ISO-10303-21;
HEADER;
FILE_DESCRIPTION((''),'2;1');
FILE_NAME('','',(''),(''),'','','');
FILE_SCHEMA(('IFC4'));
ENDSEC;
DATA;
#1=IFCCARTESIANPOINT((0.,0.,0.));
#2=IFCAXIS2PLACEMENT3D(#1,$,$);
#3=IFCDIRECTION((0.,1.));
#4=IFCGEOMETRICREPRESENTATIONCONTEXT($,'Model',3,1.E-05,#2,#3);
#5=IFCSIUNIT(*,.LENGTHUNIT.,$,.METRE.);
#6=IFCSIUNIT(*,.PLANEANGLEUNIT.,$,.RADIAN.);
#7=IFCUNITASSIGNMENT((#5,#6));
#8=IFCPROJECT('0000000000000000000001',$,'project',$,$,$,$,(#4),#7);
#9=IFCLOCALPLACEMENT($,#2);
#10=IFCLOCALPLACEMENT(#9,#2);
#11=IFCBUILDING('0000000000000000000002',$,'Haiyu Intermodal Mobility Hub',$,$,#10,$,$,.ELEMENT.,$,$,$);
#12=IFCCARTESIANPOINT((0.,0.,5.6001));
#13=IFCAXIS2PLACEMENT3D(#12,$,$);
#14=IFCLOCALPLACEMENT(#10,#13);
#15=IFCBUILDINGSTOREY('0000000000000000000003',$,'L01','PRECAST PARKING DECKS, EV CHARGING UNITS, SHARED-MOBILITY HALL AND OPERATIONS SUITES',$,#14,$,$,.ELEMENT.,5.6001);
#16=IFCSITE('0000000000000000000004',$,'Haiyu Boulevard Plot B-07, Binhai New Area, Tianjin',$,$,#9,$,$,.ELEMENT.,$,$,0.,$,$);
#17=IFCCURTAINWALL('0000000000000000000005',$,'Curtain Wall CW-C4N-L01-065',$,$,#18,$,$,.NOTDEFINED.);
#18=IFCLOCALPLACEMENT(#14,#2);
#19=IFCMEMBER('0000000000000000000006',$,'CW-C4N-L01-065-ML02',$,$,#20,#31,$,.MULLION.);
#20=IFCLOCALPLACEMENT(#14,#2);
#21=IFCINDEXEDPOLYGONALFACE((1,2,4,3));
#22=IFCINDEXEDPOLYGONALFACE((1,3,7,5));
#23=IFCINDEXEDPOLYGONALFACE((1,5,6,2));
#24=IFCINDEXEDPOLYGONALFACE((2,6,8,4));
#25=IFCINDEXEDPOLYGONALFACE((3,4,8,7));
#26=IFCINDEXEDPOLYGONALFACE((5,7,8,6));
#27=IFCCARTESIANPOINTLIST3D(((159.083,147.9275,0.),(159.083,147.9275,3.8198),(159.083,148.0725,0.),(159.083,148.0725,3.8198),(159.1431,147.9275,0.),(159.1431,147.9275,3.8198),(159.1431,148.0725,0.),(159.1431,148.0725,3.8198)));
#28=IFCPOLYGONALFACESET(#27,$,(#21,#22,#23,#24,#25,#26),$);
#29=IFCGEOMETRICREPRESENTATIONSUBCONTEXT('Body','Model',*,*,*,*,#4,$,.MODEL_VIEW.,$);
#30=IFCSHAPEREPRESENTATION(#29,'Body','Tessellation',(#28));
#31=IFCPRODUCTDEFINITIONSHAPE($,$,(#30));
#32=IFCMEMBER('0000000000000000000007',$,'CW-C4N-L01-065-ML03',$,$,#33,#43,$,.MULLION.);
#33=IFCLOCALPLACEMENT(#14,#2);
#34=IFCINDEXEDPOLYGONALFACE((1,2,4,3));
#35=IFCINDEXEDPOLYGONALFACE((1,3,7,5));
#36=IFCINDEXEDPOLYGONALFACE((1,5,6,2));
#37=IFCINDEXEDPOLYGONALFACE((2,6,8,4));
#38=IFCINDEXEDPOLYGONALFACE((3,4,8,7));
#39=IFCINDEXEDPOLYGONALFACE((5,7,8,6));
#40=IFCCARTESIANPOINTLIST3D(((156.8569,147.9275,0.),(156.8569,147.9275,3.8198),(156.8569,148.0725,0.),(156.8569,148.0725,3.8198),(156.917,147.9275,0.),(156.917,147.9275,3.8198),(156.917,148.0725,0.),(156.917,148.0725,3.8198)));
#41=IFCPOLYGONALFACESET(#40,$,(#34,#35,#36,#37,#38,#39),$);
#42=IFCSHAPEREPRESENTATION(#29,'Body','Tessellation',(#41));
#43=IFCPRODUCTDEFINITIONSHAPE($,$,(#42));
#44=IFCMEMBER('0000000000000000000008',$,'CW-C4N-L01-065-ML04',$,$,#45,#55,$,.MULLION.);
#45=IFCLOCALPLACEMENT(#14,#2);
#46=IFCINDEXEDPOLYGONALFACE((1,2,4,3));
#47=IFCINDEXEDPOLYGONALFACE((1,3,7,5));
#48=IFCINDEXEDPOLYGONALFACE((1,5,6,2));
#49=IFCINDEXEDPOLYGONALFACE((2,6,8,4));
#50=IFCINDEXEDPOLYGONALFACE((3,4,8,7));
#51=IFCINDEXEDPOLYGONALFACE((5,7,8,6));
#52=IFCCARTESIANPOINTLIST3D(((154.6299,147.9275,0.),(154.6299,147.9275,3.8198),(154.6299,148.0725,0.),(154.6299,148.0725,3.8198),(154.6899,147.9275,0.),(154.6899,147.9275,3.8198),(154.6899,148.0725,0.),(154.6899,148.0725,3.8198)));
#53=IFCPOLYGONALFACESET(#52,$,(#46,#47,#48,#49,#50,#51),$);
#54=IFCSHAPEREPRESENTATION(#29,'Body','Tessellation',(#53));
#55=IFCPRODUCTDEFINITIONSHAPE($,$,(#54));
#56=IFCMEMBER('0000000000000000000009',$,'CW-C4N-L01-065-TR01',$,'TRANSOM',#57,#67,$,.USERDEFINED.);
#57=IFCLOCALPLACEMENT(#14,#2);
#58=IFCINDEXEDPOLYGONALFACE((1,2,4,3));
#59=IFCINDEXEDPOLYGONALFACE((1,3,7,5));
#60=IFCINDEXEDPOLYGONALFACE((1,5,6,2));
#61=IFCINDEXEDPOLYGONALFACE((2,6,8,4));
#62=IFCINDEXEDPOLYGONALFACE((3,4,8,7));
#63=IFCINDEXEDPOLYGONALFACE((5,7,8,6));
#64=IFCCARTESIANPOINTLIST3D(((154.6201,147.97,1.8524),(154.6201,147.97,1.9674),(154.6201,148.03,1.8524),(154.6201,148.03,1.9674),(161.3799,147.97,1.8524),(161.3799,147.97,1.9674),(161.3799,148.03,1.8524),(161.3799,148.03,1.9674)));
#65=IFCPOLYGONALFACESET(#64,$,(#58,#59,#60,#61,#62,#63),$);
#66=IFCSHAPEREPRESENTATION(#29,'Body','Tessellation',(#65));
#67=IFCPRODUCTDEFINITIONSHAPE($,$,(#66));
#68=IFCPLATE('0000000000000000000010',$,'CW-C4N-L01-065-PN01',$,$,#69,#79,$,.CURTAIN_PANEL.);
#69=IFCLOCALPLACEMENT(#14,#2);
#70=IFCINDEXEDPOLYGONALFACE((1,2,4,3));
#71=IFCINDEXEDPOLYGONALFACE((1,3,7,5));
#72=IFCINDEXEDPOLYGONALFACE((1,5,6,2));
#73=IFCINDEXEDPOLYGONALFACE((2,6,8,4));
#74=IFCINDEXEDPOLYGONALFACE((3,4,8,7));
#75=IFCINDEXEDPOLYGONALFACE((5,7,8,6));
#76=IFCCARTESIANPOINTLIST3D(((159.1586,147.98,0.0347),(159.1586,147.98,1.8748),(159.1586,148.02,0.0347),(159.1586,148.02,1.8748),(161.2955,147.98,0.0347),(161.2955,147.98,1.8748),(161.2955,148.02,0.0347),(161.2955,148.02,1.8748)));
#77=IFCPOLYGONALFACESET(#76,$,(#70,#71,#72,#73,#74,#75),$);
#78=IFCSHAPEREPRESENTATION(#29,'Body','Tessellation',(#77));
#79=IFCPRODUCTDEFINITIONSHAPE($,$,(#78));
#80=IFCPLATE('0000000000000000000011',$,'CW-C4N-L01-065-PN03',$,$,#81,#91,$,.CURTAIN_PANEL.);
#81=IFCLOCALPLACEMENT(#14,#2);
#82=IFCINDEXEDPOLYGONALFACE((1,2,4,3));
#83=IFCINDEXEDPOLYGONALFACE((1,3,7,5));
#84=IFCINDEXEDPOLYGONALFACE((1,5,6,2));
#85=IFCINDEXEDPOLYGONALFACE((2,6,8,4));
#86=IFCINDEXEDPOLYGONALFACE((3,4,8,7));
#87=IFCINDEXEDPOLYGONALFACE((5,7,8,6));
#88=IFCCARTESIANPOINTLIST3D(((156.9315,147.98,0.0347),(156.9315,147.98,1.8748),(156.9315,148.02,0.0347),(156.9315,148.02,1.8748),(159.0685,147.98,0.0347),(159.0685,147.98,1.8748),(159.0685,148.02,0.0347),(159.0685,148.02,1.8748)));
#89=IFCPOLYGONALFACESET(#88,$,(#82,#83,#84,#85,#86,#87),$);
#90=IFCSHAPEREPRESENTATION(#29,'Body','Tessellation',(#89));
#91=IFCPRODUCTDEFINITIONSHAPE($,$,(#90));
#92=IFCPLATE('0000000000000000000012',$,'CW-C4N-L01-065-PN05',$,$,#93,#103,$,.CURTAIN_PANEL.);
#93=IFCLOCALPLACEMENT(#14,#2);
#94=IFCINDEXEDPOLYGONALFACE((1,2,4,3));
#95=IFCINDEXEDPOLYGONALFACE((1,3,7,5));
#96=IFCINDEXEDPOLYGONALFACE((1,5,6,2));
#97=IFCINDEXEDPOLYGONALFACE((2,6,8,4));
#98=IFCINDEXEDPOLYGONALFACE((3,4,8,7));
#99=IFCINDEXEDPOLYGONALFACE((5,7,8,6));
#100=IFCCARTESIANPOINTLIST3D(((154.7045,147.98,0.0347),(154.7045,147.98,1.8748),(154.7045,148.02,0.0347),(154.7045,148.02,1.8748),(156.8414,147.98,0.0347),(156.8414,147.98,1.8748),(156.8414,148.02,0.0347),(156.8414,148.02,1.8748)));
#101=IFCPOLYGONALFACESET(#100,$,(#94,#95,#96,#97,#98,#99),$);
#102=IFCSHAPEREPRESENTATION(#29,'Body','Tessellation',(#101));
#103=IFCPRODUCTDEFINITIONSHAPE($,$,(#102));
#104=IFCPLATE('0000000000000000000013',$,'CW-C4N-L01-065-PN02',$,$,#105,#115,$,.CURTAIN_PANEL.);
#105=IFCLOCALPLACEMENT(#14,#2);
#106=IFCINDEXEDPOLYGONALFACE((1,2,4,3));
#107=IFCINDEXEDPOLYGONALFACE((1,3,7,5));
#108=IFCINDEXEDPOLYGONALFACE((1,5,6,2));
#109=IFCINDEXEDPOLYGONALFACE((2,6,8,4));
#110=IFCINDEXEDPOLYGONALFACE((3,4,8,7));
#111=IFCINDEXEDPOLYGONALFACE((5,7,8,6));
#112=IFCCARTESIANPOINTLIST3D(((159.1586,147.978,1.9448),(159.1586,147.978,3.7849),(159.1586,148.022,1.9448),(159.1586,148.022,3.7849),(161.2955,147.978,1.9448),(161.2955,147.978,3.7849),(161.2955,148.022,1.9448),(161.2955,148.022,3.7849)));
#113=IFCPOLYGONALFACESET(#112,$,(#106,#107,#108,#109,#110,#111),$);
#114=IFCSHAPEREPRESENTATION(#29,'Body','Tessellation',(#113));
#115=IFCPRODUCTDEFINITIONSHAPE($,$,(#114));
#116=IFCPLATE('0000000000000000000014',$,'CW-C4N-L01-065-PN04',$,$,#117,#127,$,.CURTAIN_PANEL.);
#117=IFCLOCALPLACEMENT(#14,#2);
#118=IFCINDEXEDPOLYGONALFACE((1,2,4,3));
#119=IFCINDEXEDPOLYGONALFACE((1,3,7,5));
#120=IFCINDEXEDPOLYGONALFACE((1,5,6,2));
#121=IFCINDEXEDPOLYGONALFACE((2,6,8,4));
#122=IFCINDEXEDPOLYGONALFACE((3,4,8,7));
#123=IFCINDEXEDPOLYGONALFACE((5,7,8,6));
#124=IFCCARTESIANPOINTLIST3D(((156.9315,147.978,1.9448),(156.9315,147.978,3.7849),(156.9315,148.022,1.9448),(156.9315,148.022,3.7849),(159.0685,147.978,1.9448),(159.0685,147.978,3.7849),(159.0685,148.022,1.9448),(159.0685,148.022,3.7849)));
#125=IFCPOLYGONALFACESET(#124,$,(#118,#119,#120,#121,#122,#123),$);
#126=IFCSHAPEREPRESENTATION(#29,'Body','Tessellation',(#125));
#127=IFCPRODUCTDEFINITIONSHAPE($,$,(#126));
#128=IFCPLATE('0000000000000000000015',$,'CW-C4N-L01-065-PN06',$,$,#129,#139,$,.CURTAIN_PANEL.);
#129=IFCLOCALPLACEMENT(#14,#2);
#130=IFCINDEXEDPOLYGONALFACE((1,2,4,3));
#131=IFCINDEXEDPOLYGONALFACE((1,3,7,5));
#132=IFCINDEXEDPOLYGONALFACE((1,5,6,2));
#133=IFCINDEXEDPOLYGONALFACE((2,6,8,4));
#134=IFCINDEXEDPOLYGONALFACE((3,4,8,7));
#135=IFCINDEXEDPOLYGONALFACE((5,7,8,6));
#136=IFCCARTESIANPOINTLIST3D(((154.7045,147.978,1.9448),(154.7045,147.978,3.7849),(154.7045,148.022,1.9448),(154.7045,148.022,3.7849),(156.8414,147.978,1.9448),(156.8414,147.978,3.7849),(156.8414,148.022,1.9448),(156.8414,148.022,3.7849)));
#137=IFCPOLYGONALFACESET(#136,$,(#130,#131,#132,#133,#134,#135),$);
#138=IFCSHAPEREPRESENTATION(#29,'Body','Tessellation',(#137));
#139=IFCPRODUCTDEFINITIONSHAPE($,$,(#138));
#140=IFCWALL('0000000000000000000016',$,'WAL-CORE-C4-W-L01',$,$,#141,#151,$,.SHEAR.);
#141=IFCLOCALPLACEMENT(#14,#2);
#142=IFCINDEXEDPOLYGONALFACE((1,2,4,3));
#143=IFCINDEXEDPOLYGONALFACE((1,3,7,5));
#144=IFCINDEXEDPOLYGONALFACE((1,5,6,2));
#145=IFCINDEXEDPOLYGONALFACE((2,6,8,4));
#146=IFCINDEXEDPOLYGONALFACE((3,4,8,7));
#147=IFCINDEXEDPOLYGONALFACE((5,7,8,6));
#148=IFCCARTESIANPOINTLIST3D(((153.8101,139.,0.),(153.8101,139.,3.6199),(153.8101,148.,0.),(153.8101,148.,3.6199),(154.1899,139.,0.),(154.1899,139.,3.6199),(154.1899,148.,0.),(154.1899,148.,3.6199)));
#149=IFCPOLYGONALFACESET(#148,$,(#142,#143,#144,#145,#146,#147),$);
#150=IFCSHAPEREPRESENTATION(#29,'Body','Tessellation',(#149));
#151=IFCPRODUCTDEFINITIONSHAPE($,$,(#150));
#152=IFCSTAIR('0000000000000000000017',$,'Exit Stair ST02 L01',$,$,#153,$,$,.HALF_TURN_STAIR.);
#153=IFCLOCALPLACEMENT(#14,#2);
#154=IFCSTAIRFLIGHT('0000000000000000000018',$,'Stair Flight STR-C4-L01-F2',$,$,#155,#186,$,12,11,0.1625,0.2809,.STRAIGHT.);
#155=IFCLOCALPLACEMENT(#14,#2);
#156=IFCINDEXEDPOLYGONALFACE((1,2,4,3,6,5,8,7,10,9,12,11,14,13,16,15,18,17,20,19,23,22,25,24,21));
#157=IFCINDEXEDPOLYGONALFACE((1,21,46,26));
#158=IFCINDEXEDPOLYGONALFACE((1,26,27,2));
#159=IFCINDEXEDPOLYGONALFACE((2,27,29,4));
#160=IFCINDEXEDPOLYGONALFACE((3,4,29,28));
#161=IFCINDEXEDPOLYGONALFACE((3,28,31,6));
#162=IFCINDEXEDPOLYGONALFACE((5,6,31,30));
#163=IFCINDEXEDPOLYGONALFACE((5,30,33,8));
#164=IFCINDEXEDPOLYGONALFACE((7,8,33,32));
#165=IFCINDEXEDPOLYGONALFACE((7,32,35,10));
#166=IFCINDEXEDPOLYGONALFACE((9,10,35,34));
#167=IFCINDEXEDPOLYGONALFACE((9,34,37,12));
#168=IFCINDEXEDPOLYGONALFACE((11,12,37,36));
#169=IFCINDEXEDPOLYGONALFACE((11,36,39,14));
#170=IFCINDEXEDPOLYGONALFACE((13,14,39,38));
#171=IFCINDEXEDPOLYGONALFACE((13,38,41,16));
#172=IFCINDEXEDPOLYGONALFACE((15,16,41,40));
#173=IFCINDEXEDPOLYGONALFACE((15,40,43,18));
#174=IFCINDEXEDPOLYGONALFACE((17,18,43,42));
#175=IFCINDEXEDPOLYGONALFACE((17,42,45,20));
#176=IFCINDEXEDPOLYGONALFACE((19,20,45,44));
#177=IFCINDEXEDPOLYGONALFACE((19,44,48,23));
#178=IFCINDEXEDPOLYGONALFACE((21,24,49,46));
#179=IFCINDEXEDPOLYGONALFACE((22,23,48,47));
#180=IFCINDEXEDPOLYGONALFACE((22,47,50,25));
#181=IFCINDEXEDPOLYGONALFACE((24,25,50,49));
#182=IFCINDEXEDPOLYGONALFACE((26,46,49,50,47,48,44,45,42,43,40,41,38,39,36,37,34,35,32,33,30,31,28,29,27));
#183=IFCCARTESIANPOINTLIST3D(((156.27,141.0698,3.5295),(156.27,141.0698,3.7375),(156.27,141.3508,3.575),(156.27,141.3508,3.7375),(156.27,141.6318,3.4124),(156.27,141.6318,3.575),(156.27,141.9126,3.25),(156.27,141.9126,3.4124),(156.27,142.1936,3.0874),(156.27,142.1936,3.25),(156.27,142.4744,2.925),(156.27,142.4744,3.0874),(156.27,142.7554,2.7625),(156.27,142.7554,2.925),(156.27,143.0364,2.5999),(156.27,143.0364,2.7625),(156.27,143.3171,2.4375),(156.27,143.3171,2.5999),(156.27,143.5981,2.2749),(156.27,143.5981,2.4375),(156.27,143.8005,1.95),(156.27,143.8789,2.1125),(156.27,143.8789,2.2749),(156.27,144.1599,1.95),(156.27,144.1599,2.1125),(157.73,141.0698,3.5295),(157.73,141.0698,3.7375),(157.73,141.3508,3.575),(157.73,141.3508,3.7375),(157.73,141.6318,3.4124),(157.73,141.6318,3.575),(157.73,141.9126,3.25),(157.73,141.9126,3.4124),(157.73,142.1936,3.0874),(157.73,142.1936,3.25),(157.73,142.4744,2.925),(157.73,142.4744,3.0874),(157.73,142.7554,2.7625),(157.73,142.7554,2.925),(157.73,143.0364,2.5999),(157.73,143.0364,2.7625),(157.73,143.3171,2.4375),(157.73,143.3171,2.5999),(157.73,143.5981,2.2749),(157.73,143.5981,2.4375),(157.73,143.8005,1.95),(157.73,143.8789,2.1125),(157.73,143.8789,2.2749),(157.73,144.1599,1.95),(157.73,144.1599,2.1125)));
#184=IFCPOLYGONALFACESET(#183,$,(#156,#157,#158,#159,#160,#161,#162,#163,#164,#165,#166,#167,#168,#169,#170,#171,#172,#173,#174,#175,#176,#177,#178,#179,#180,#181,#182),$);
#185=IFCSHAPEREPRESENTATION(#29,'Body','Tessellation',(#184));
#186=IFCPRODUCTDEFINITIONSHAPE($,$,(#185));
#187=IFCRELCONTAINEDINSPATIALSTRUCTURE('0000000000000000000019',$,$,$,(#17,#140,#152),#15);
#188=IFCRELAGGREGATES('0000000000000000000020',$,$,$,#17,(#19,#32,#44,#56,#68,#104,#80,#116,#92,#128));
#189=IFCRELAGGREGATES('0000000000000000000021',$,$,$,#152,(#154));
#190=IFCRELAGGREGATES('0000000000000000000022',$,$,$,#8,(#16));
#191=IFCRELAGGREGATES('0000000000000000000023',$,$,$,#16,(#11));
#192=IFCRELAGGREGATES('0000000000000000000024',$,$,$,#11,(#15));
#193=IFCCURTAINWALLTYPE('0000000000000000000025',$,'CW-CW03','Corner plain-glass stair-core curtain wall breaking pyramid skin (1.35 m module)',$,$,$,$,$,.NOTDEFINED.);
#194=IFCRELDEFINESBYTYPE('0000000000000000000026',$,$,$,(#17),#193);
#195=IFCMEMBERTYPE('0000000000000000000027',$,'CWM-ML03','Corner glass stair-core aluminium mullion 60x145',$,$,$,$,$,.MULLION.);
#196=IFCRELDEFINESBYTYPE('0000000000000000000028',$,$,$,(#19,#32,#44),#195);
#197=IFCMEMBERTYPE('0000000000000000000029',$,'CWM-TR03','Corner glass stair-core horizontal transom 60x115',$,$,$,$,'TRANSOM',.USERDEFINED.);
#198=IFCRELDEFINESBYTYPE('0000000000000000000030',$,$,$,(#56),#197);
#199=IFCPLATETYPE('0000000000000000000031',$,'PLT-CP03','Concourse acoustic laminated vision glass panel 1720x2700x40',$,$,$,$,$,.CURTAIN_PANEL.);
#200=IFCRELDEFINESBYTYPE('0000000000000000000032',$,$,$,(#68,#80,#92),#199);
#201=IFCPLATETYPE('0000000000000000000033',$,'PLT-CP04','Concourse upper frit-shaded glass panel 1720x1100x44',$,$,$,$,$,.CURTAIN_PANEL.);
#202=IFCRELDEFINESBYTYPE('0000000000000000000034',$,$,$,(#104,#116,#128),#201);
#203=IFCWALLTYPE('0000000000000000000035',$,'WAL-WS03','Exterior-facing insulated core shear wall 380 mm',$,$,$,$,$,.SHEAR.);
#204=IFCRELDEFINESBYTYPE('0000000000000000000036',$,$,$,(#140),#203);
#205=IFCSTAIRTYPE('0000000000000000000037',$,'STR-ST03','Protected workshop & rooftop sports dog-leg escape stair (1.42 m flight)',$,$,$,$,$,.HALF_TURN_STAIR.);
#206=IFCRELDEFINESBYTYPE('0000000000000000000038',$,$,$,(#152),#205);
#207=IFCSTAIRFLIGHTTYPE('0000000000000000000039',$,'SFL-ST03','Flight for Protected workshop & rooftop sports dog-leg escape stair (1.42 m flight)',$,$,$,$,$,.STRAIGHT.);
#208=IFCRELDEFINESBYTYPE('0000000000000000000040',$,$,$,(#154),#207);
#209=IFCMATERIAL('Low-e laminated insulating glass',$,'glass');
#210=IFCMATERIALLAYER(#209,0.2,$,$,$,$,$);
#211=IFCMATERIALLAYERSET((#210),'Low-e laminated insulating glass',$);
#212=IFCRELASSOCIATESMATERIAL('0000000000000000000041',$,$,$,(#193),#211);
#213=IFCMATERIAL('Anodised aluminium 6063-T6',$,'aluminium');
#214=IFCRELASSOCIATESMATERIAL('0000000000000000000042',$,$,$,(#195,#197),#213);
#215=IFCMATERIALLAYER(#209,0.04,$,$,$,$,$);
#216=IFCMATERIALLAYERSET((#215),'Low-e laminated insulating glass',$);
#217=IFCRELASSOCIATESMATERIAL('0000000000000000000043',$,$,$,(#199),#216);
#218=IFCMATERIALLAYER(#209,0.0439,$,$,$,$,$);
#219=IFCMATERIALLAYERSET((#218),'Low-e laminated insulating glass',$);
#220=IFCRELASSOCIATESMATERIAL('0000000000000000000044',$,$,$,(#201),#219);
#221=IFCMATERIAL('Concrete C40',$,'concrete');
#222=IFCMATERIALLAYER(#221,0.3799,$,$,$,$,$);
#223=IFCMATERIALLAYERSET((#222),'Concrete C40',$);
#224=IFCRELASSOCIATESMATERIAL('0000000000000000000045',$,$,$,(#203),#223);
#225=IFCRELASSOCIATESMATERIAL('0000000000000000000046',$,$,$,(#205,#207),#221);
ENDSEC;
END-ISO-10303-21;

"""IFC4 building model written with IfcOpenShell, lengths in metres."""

from ifc_helpers import new_model, si_unit, direction, frame, frame_2d, origin, origin_2d, place, context, subcontext, project, spatial, polyline, rectangle, outline, extrude, material, layer, layer_set, material_profile, profile_set, type_object, element, aggregate, save


model = new_model("IFC4")

# Units and contexts
model_context = context("Model", 3, precision=1e-05, world=origin(), true_north=direction((0.0, 1.0)))
body_context = subcontext(model_context, "Body", "Model", "MODEL_VIEW")
ifc_project = project(units=[si_unit("LENGTHUNIT", "METRE"), si_unit("PLANEANGLEUNIT", "RADIAN")], contexts=[model_context])

# Site, building, storey
site_placement = place(None, origin())
site = spatial("IfcSite", under=ifc_project, at=site_placement, Name="Haiyu Boulevard Plot B-07, Binhai New Area, Tianjin", CompositionType="ELEMENT", RefElevation=0.0)
building_placement = place(site_placement, origin())
building = spatial("IfcBuilding", under=site, at=building_placement, Name="Haiyu Intermodal Mobility Hub", CompositionType="ELEMENT")
storey_placement = place(building_placement, frame((0.0, 0.0, 5.6001)))
storey = spatial("IfcBuildingStorey", under=building, at=storey_placement, Name="L01", Description="PRECAST PARKING DECKS, EV CHARGING UNITS, SHARED-MOBILITY HALL AND OPERATIONS SUITES", CompositionType="ELEMENT", Elevation=5.6001)

# Curtain wall, members, plates
ifc_material_1 = material(Name="Low-e laminated insulating glass", Category="glass")
ifc_layer_1 = layer(ifc_material_1, 0.2)
ifc_layer_set_1 = layer_set([ifc_layer_1], Name="Low-e laminated insulating glass")
curtain_wall_type = type_object("IfcCurtainWallType", Name="CW-CW03", Description="Corner plain-glass stair-core curtain wall breaking pyramid skin (1.35 m module)", PredefinedType="NOTDEFINED", material=ifc_layer_set_1)
curtain_wall_placement = place(storey_placement, origin())
curtain_wall = element("IfcCurtainWall", 1, at=curtain_wall_placement, inside=storey, type_object=curtain_wall_type, Name="Curtain Wall CW-C4N-L01-065", PredefinedType="NOTDEFINED")
ifc_material_2 = material(Name="Anodised aluminium 6063-T6", Category="aluminium")
ifc_material_profile_1 = material_profile(ifc_material_2, rectangle(XDim=0.0601, YDim=0.145, at=origin_2d()), Name="ALU60x145")
ifc_profile_set_1 = profile_set([ifc_material_profile_1], Name="Anodised aluminium 6063-T6")
member_type_1 = type_object("IfcMemberType", Name="CWM-ML03", Description="Corner glass stair-core aluminium mullion 60x145", PredefinedType="MULLION", material=ifc_profile_set_1)
member_1_placement = place(storey_placement, frame((159.113, 148.0, 0.0), z_axis=(0.0, 0.0, 1.0), x_axis=(1.0, 0.0, 0.0)))
member_1 = element("IfcMember", 2, at=member_1_placement, type_object=member_type_1, Name="CW-C4N-L01-065-ML02", PredefinedType="MULLION", context=body_context, shape_type="SweptSolid", body=[
    extrude(rectangle(XDim=0.0601, YDim=0.145, at=origin_2d()), origin(), (0.0, 0.0, 1.0), 3.8198),
])
member_2_placement = place(storey_placement, frame((156.887, 148.0, 0.0), z_axis=(0.0, 0.0, 1.0), x_axis=(1.0, 0.0, 0.0)))
member_2 = element("IfcMember", 3, at=member_2_placement, type_object=member_type_1, Name="CW-C4N-L01-065-ML03", PredefinedType="MULLION", context=body_context, shape_type="SweptSolid", body=[
    extrude(rectangle(XDim=0.0601, YDim=0.145, at=origin_2d()), origin(), (0.0, 0.0, 1.0), 3.8198),
])
member_3_placement = place(storey_placement, frame((154.6599, 148.0, 0.0), z_axis=(0.0, 0.0, 1.0), x_axis=(1.0, 0.0, 0.0)))
member_3 = element("IfcMember", 4, at=member_3_placement, type_object=member_type_1, Name="CW-C4N-L01-065-ML04", PredefinedType="MULLION", context=body_context, shape_type="SweptSolid", body=[
    extrude(rectangle(XDim=0.0601, YDim=0.145, at=origin_2d()), origin(), (0.0, 0.0, 1.0), 3.8198),
])
ifc_material_profile_2 = material_profile(ifc_material_2, rectangle(XDim=0.0601, YDim=0.115, at=origin_2d()), Name="ALU60x115")
ifc_profile_set_2 = profile_set([ifc_material_profile_2], Name="Anodised aluminium 6063-T6")
member_type_2 = type_object("IfcMemberType", Name="CWM-TR03", Description="Corner glass stair-core horizontal transom 60x115", ElementType="TRANSOM", PredefinedType="USERDEFINED", material=ifc_profile_set_2)
member_4_placement = place(storey_placement, frame((161.3799, 148.0, 1.9099), z_axis=(-1.0, 0.0, 0.0), x_axis=(0.0, -1.0, 0.0)))
member_4 = element("IfcMember", 5, at=member_4_placement, type_object=member_type_2, Name="CW-C4N-L01-065-TR01", ObjectType="TRANSOM", PredefinedType="USERDEFINED", context=body_context, shape_type="SweptSolid", body=[
    extrude(rectangle(XDim=0.0601, YDim=0.115, at=origin_2d()), origin(), (0.0, 0.0, 1.0), 6.7598),
])
ifc_layer_2 = layer(ifc_material_1, 0.04)
ifc_layer_set_2 = layer_set([ifc_layer_2], Name="Low-e laminated insulating glass")
plate_type_1 = type_object("IfcPlateType", Name="PLT-CP03", Description="Concourse acoustic laminated vision glass panel 1720x2700x40", PredefinedType="CURTAIN_PANEL", material=ifc_layer_set_2)
plate_1_placement = place(storey_placement, frame((160.2271, 148.0, 0.0347), z_axis=(0.0, 0.0, 1.0), x_axis=(-1.0, 0.0, 0.0)))
plate_1 = element("IfcPlate", 6, at=plate_1_placement, type_object=plate_type_1, Name="CW-C4N-L01-065-PN01", PredefinedType="CURTAIN_PANEL", context=body_context, shape_type="SweptSolid", body=[
    extrude(rectangle(XDim=2.137, YDim=0.04, at=origin_2d()), origin(), (0.0, 0.0, 1.0), 1.8401),
])
plate_2_placement = place(storey_placement, frame((158.0, 148.0, 0.0347), z_axis=(0.0, 0.0, 1.0), x_axis=(-1.0, 0.0, 0.0)))
plate_2 = element("IfcPlate", 7, at=plate_2_placement, type_object=plate_type_1, Name="CW-C4N-L01-065-PN03", PredefinedType="CURTAIN_PANEL", context=body_context, shape_type="SweptSolid", body=[
    extrude(rectangle(XDim=2.137, YDim=0.04, at=origin_2d()), origin(), (0.0, 0.0, 1.0), 1.8401),
])
plate_3_placement = place(storey_placement, frame((155.7729, 148.0, 0.0347), z_axis=(0.0, 0.0, 1.0), x_axis=(-1.0, 0.0, 0.0)))
plate_3 = element("IfcPlate", 8, at=plate_3_placement, type_object=plate_type_1, Name="CW-C4N-L01-065-PN05", PredefinedType="CURTAIN_PANEL", context=body_context, shape_type="SweptSolid", body=[
    extrude(rectangle(XDim=2.137, YDim=0.04, at=origin_2d()), origin(), (0.0, 0.0, 1.0), 1.8401),
])
ifc_layer_3 = layer(ifc_material_1, 0.0439)
ifc_layer_set_3 = layer_set([ifc_layer_3], Name="Low-e laminated insulating glass")
plate_type_2 = type_object("IfcPlateType", Name="PLT-CP04", Description="Concourse upper frit-shaded glass panel 1720x1100x44", PredefinedType="CURTAIN_PANEL", material=ifc_layer_set_3)
plate_4_placement = place(storey_placement, frame((160.2271, 148.0, 1.9448), z_axis=(0.0, 0.0, 1.0), x_axis=(-1.0, 0.0, 0.0)))
plate_4 = element("IfcPlate", 9, at=plate_4_placement, type_object=plate_type_2, Name="CW-C4N-L01-065-PN02", PredefinedType="CURTAIN_PANEL", context=body_context, shape_type="SweptSolid", body=[
    extrude(rectangle(XDim=2.137, YDim=0.0439, at=origin_2d()), origin(), (0.0, 0.0, 1.0), 1.8401),
])
plate_5_placement = place(storey_placement, frame((158.0, 148.0, 1.9448), z_axis=(0.0, 0.0, 1.0), x_axis=(-1.0, 0.0, 0.0)))
plate_5 = element("IfcPlate", 10, at=plate_5_placement, type_object=plate_type_2, Name="CW-C4N-L01-065-PN04", PredefinedType="CURTAIN_PANEL", context=body_context, shape_type="SweptSolid", body=[
    extrude(rectangle(XDim=2.137, YDim=0.0439, at=origin_2d()), origin(), (0.0, 0.0, 1.0), 1.8401),
])
plate_6_placement = place(storey_placement, frame((155.7729, 148.0, 1.9448), z_axis=(0.0, 0.0, 1.0), x_axis=(-1.0, 0.0, 0.0)))
plate_6 = element("IfcPlate", 11, at=plate_6_placement, type_object=plate_type_2, Name="CW-C4N-L01-065-PN06", PredefinedType="CURTAIN_PANEL", context=body_context, shape_type="SweptSolid", body=[
    extrude(rectangle(XDim=2.137, YDim=0.0439, at=origin_2d()), origin(), (0.0, 0.0, 1.0), 1.8401),
])
aggregate(curtain_wall, [member_1, member_2, member_3, member_4, plate_1, plate_4, plate_2, plate_5, plate_3, plate_6])

# Wall
ifc_material_3 = material(Name="Concrete C40", Category="concrete")
ifc_layer_4 = layer(ifc_material_3, 0.3799)
ifc_layer_set_4 = layer_set([ifc_layer_4], Name="Concrete C40")
wall_type = type_object("IfcWallType", Name="WAL-WS03", Description="Exterior-facing insulated core shear wall 380 mm", PredefinedType="SHEAR", material=ifc_layer_set_4)
wall_placement = place(storey_placement, frame((154.0, 148.0, 0.0), z_axis=(0.0, 0.0, 1.0), x_axis=(0.0, -1.0, 0.0)))
element("IfcWall", 12, at=wall_placement, inside=storey, type_object=wall_type, Name="WAL-CORE-C4-W-L01", PredefinedType="SHEAR", context=body_context, shape_type="SweptSolid", body=[
    extrude(rectangle(XDim=9.0, YDim=0.3799, at=frame_2d((4.5, 0.0))), origin(), (0.0, 0.0, 1.0), 3.6199),
])

# Stair, stair flight
stair_type = type_object("IfcStairType", Name="STR-ST03", Description="Protected workshop & rooftop sports dog-leg escape stair (1.42 m flight)", PredefinedType="HALF_TURN_STAIR", material=ifc_material_3)
stair_placement = place(storey_placement, origin())
stair = element("IfcStair", 13, at=stair_placement, inside=storey, type_object=stair_type, Name="Exit Stair ST02 L01", PredefinedType="HALF_TURN_STAIR")
stair_flight_type = type_object("IfcStairFlightType", Name="SFL-ST03", Description="Flight for Protected workshop & rooftop sports dog-leg escape stair (1.42 m flight)", PredefinedType="STRAIGHT", material=ifc_material_3)
stair_flight_placement = place(storey_placement, frame((157.0, 144.1599, 1.95), z_axis=(0.0, 0.0, 1.0), x_axis=(0.0, -1.0, 0.0)))
stair_flight = element("IfcStairFlight", 14, at=stair_flight_placement, type_object=stair_flight_type, Name="Stair Flight STR-C4-L01-F2", NumberOfRisers=12, NumberOfTreads=11, PredefinedType="STRAIGHT", RiserHeight=0.1625, TreadLength=0.2809, context=body_context, shape_type="SweptSolid", body=[
    extrude(outline(polyline([(0.0, 0.0), (0.0, 0.1626), (0.281, 0.1626), (0.281, 0.325), (0.5618, 0.325), (0.5618, 0.4875), (0.8428, 0.4875), (0.8428, 0.6499), (1.1235, 0.6499), (1.1235, 0.8125), (1.4045, 0.8125), (1.4045, 0.9751), (1.6855, 0.9751), (1.6855, 1.1375), (1.9663, 1.1375), (1.9663, 1.3), (2.2473, 1.3), (2.2473, 1.4624), (2.5281, 1.4624), (2.5281, 1.625), (2.8091, 1.625), (2.8091, 1.7876), (3.0901, 1.7876), (3.0901, 1.95), (3.0901, 1.5796), (0.3594, 0.0), (0.0, 0.0)])), frame((0.0, 0.73, 0.0), z_axis=(0.0, -1.0, 0.0), x_axis=(1.0, 0.0, 0.0)), (0.0, 0.0, 1.0), 1.46),
])
aggregate(stair, [stair_flight])

save(model, "model.ifc")
